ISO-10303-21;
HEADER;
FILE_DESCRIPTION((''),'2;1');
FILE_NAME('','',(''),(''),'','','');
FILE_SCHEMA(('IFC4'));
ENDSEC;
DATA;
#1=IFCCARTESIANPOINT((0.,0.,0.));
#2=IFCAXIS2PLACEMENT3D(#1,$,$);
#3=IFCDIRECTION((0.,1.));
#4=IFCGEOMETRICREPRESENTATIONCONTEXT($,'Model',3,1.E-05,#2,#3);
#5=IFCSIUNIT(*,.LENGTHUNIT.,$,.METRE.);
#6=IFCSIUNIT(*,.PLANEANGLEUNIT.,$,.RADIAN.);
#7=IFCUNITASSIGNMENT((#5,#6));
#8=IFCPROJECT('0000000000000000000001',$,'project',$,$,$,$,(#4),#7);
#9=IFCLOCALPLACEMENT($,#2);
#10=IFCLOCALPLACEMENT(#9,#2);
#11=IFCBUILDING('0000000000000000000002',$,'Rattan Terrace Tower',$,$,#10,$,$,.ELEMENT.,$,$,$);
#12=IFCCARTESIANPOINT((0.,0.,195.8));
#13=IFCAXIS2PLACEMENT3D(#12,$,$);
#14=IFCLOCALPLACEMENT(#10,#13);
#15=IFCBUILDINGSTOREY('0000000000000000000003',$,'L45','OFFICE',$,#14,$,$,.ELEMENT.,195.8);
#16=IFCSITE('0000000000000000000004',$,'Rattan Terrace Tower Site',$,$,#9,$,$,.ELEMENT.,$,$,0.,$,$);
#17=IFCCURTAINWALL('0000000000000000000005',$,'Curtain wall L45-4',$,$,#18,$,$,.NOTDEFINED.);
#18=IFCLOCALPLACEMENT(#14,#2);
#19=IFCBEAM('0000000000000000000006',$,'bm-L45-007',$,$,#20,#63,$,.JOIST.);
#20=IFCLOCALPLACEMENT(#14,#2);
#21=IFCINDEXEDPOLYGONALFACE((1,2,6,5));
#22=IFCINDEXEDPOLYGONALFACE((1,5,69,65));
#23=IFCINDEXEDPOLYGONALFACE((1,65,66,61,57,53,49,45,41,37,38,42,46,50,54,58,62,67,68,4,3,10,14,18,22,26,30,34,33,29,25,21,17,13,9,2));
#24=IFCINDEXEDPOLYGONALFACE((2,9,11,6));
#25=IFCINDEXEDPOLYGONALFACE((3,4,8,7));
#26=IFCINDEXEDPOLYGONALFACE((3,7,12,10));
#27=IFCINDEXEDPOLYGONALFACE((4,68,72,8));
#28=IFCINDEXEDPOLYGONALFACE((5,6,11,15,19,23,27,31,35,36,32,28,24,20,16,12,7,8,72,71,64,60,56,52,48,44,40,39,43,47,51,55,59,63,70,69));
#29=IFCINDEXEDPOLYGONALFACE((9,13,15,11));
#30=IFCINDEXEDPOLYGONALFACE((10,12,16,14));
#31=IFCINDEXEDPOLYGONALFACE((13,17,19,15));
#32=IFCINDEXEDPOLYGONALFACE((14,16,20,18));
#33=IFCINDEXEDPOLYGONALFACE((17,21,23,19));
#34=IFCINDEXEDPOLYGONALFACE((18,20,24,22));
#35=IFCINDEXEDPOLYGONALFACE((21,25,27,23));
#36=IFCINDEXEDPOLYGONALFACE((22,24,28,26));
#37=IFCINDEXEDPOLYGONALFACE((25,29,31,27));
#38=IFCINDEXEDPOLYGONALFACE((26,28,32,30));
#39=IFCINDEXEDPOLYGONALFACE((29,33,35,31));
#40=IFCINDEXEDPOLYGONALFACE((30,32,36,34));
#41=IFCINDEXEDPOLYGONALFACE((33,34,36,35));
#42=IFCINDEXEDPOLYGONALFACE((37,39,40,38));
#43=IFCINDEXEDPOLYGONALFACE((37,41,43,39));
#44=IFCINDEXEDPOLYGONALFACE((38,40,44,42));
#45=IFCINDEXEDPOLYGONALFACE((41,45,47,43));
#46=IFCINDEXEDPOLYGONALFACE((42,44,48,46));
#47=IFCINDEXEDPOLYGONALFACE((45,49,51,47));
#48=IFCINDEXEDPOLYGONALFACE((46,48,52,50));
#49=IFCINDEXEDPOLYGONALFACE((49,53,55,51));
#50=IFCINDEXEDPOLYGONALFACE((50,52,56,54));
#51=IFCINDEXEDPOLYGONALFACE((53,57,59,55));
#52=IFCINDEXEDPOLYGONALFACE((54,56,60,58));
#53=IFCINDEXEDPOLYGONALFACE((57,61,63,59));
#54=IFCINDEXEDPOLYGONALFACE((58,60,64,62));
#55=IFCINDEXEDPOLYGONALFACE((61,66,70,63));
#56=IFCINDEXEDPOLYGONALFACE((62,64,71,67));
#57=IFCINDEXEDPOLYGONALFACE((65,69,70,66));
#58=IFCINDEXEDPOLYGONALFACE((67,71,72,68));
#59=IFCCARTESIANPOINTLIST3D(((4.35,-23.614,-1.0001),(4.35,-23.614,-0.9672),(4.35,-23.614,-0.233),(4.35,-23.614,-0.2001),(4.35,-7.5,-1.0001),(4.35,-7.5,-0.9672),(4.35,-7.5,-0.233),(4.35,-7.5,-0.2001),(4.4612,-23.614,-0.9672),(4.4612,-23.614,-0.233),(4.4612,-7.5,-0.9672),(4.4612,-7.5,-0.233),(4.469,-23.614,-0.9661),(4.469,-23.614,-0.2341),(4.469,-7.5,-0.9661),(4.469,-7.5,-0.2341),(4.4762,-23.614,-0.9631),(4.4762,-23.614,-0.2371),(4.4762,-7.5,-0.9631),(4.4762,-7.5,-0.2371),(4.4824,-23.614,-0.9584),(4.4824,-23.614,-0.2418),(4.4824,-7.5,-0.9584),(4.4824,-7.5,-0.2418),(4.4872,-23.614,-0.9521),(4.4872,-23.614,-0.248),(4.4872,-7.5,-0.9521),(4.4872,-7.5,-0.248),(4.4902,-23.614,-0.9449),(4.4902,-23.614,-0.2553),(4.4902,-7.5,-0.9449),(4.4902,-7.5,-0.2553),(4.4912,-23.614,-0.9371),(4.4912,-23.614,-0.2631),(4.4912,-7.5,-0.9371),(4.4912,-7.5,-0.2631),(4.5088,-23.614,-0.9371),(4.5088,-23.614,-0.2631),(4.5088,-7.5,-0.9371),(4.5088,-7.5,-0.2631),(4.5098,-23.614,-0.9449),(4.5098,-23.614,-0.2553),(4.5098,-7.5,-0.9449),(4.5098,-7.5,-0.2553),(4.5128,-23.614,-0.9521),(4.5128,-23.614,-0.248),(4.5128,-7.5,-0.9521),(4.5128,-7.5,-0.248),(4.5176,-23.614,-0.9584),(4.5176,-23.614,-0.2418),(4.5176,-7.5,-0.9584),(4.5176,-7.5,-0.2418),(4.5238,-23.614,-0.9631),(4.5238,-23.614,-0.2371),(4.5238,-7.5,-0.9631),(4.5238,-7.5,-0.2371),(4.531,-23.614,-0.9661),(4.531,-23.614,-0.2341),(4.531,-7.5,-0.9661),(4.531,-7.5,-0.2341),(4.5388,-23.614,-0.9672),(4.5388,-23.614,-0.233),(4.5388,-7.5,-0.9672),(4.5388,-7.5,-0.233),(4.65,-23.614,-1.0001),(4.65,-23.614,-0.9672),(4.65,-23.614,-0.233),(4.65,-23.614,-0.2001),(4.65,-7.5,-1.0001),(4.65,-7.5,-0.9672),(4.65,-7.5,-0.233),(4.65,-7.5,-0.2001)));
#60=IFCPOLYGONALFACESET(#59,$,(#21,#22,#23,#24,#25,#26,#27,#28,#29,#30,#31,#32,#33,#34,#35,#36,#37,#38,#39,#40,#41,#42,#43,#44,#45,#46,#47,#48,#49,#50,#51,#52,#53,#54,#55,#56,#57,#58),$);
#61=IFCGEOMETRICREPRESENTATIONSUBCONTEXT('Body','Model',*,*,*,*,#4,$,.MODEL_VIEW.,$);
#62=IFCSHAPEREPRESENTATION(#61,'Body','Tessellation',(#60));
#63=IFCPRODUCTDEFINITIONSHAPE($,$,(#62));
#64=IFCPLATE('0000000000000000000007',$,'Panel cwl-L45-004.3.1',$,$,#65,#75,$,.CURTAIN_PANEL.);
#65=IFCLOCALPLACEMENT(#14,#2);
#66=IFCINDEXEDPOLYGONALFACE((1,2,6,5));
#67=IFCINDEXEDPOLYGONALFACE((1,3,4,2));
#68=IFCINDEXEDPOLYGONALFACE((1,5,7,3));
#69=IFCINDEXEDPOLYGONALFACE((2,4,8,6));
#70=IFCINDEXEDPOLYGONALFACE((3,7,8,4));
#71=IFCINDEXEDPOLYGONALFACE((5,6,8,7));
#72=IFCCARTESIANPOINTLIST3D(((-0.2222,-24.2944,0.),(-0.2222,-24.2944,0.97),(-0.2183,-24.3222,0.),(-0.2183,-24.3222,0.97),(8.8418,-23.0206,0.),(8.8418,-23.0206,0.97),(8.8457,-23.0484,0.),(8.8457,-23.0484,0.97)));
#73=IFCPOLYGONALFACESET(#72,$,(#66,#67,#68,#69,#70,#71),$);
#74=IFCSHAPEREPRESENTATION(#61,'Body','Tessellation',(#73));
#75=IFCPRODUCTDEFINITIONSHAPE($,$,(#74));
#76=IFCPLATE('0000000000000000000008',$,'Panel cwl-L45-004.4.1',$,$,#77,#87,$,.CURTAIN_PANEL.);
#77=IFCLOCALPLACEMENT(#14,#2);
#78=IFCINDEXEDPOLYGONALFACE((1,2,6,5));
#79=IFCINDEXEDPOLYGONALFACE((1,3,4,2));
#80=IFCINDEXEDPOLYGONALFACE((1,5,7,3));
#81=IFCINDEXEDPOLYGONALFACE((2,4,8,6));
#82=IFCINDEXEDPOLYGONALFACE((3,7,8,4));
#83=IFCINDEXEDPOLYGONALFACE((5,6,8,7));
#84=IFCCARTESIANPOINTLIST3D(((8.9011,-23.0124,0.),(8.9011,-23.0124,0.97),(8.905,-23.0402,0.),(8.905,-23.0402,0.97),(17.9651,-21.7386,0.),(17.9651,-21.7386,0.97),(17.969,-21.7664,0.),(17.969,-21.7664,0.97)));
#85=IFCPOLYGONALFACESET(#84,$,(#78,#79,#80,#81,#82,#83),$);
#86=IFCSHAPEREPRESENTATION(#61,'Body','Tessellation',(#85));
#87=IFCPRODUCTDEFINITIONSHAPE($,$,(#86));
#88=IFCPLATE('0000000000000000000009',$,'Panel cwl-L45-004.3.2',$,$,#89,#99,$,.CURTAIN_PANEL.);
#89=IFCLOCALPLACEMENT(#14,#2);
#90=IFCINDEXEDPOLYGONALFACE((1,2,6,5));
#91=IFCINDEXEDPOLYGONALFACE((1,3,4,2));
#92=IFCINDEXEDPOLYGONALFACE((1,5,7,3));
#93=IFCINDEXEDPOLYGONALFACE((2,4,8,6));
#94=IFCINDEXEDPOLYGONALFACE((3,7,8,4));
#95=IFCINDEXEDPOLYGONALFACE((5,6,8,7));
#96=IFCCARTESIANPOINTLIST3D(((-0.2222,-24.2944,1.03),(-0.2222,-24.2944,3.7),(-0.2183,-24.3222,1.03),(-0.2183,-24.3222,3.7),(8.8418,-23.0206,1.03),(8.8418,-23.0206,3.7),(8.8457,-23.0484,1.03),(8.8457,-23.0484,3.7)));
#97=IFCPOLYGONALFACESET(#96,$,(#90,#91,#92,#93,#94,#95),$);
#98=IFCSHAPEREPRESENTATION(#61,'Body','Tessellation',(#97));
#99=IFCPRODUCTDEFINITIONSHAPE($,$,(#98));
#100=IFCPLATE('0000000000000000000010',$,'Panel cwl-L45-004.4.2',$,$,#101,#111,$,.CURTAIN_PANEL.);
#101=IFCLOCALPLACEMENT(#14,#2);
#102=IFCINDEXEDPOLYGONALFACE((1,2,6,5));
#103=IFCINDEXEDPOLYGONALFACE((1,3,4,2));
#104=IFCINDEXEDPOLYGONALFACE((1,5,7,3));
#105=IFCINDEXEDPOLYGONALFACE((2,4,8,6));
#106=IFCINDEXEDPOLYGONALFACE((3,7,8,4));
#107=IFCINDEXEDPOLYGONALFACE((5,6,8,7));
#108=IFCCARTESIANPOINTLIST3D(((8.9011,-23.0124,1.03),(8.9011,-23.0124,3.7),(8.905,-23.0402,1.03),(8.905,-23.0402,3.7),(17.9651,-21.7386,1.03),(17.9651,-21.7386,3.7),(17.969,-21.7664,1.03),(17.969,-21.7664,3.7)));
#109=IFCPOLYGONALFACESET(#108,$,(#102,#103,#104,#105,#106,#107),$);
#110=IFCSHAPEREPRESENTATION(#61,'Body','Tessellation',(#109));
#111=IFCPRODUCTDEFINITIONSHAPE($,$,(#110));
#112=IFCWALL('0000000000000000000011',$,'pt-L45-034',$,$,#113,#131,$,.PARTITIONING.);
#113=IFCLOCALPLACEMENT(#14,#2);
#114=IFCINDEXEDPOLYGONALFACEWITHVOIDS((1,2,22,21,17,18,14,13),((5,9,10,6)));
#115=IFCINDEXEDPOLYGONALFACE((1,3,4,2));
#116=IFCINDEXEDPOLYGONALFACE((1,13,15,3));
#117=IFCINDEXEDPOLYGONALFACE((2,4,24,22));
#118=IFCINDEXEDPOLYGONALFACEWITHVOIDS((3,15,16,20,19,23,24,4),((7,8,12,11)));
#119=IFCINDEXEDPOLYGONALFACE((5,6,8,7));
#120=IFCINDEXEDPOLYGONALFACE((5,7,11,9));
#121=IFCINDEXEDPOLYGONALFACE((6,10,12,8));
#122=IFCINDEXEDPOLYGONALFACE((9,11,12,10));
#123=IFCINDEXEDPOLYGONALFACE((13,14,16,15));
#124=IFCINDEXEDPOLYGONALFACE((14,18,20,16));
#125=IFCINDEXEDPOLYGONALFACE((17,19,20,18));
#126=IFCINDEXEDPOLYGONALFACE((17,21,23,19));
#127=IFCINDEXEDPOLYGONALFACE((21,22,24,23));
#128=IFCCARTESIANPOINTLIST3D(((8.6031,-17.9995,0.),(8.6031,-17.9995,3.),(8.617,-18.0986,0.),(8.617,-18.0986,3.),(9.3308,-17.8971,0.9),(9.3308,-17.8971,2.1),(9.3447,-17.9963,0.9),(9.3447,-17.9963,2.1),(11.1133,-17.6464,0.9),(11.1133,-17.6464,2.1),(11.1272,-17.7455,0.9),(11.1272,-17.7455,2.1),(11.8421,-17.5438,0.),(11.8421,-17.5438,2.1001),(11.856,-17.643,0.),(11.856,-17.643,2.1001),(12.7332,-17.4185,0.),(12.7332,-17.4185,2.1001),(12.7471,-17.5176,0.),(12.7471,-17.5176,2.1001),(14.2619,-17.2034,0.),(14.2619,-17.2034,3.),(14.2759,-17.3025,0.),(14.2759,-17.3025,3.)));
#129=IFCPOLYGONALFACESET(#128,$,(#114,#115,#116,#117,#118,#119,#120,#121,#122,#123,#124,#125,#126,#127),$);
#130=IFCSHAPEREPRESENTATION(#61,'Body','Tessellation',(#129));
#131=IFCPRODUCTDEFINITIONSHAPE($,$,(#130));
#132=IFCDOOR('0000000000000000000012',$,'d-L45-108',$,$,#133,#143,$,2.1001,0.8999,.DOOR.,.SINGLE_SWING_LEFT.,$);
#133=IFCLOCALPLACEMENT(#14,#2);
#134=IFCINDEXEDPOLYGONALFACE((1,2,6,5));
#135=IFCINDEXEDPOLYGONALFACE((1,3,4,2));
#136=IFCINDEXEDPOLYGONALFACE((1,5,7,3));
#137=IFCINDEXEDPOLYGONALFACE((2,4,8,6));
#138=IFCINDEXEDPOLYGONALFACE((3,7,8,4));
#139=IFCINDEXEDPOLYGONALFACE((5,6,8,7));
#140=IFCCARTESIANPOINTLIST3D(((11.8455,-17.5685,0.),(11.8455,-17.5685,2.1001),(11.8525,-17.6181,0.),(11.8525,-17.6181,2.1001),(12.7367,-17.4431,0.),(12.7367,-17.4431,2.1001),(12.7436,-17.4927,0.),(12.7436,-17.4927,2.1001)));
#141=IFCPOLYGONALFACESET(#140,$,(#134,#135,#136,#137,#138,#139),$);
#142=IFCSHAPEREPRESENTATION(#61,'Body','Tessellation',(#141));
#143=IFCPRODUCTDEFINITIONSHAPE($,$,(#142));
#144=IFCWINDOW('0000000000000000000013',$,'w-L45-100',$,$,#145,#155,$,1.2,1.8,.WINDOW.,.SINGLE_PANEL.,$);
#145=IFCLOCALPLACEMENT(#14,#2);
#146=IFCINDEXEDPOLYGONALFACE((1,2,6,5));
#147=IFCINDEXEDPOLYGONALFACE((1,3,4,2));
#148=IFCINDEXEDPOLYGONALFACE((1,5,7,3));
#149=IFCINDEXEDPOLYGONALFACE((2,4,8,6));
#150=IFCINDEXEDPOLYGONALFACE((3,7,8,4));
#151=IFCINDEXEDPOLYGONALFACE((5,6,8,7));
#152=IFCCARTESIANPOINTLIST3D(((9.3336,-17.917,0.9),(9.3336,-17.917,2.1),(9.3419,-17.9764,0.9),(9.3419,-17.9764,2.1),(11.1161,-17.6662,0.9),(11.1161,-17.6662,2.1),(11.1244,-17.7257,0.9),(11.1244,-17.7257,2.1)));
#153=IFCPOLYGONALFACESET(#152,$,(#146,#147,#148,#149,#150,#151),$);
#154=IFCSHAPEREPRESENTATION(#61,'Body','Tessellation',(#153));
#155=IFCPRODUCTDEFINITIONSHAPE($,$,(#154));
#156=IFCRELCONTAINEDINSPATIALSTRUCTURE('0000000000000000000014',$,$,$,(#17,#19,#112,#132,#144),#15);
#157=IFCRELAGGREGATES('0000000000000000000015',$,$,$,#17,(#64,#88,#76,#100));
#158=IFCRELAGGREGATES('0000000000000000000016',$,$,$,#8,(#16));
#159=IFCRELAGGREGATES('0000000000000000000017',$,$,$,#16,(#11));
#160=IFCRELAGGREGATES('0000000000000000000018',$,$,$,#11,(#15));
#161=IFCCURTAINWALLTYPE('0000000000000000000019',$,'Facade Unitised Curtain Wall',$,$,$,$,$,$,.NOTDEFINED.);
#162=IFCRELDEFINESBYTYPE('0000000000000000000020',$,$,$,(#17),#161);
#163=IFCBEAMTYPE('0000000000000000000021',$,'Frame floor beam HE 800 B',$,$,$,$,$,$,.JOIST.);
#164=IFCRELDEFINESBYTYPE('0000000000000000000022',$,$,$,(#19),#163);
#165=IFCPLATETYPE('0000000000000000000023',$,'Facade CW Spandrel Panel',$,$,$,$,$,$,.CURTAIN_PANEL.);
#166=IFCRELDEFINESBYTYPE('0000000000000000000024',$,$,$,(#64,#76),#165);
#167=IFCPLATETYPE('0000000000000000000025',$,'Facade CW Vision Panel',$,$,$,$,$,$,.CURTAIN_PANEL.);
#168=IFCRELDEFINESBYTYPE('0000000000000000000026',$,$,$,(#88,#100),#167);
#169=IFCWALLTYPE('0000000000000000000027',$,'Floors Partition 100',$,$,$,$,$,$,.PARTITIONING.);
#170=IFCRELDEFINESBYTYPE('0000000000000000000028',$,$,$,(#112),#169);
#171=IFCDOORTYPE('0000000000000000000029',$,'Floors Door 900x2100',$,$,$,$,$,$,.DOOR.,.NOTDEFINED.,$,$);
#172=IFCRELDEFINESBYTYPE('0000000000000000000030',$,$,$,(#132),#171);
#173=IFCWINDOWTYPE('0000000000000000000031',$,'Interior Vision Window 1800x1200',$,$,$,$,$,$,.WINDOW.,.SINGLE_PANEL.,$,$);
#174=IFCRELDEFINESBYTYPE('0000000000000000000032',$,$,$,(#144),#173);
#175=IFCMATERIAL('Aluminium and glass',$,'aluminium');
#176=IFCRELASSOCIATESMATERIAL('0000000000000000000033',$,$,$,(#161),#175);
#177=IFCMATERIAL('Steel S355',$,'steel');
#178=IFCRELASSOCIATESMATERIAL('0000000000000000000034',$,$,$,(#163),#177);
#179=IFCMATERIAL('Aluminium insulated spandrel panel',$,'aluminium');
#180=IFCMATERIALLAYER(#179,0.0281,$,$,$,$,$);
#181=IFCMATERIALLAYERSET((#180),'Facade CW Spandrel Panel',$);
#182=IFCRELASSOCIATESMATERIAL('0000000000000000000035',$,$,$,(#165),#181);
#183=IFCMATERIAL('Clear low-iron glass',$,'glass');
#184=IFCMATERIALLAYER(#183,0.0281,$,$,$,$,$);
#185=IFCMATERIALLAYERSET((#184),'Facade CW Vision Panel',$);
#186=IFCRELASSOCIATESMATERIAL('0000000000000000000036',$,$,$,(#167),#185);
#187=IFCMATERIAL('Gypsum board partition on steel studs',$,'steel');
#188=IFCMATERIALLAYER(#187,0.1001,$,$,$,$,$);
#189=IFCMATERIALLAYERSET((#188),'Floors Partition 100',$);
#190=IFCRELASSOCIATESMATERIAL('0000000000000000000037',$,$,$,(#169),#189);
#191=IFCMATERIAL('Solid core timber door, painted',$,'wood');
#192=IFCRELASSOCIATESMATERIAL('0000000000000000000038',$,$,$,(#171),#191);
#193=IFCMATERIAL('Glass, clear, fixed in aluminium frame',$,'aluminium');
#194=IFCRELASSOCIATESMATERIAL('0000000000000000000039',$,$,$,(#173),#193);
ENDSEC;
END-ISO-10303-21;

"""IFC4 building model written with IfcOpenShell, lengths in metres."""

from ifc_helpers import new_model, si_unit, direction, frame, frame_2d, origin, origin_2d, place, context, subcontext, project, spatial, rectangle, i_section, extrude, material, layer, layer_set, material_profile, profile_set, type_object, element, fill, aggregate, save


model = new_model("IFC4")

# Units and contexts
model_context = context("Model", 3, precision=1e-05, world=origin(), true_north=direction((0.0, 1.0)))
body_context = subcontext(model_context, "Body", "Model", "MODEL_VIEW")
ifc_project = project(units=[si_unit("LENGTHUNIT", "METRE"), si_unit("PLANEANGLEUNIT", "RADIAN")], contexts=[model_context])

# Site, building, storey
site_placement = place(None, origin())
site = spatial("IfcSite", under=ifc_project, at=site_placement, Name="Rattan Terrace Tower Site", CompositionType="ELEMENT", RefElevation=0.0)
building_placement = place(site_placement, origin())
building = spatial("IfcBuilding", under=site, at=building_placement, Name="Rattan Terrace Tower", CompositionType="ELEMENT")
storey_placement = place(building_placement, frame((0.0, 0.0, 195.8)))
storey = spatial("IfcBuildingStorey", under=building, at=storey_placement, Name="L45", Description="OFFICE", CompositionType="ELEMENT", Elevation=195.8)

# Curtain wall
ifc_material_1 = material(Name="Aluminium and glass", Category="aluminium")
curtain_wall_type = type_object("IfcCurtainWallType", Name="Facade Unitised Curtain Wall", PredefinedType="NOTDEFINED", material=ifc_material_1)
curtain_wall_placement = place(storey_placement, origin())
curtain_wall = element("IfcCurtainWall", 1, at=curtain_wall_placement, inside=storey, type_object=curtain_wall_type, Name="Curtain wall L45-4", PredefinedType="NOTDEFINED")

# Beam
ifc_material_2 = material(Name="Steel S355", Category="steel")
ifc_material_profile_1 = material_profile(ifc_material_2, i_section(OverallWidth=0.3, OverallDepth=0.8, WebThickness=0.0176, FlangeThickness=0.033, FilletRadius=0.03, at=origin_2d()), Name="HE 800 B")
ifc_profile_set_1 = profile_set([ifc_material_profile_1], Name="Steel S355")
beam_type_1 = type_object("IfcBeamType", Name="Frame floor beam HE 800 B", PredefinedType="JOIST", material=ifc_profile_set_1)
beam_1_placement = place(storey_placement, frame((4.5, -23.614, -0.6001), z_axis=(0.0, 1.0, 0.0), x_axis=(-1.0, 0.0, 0.0)))
element("IfcBeam", 2, at=beam_1_placement, inside=storey, type_object=beam_type_1, Name="bm-L45-007", PredefinedType="JOIST", context=body_context, shape_type="SweptSolid", body=[
    extrude(i_section(OverallWidth=0.3, OverallDepth=0.8, WebThickness=0.0176, FlangeThickness=0.033, FilletRadius=0.03, at=origin_2d()), origin(), (0.0, 0.0, 1.0), 16.114),
])

# Plates
ifc_material_3 = material(Name="Aluminium insulated spandrel panel", Category="aluminium")
ifc_layer_1 = layer(ifc_material_3, 0.0281)
ifc_layer_set_1 = layer_set([ifc_layer_1], Name="Facade CW Spandrel Panel")
plate_type_1 = type_object("IfcPlateType", Name="Facade CW Spandrel Panel", PredefinedType="CURTAIN_PANEL", material=ifc_layer_set_1)
plate_1_placement = place(storey_placement, frame((4.3118, -23.6714, 0.0), z_axis=(0.0, 0.0, 1.0), x_axis=(0.99027, 0.139161, 0.0)))
plate_1 = element("IfcPlate", 3, at=plate_1_placement, type_object=plate_type_1, Name="Panel cwl-L45-004.3.1", PredefinedType="CURTAIN_PANEL", context=body_context, shape_type="SweptSolid", body=[
    extrude(rectangle(XDim=9.1531, YDim=0.0281, at=origin_2d()), origin(), (0.0, 0.0, 1.0), 0.97),
])
plate_2_placement = place(storey_placement, frame((13.4351, -22.3894, 0.0), z_axis=(0.0, 0.0, 1.0), x_axis=(0.99027, 0.139161, 0.0)))
plate_2 = element("IfcPlate", 4, at=plate_2_placement, type_object=plate_type_1, Name="Panel cwl-L45-004.4.1", PredefinedType="CURTAIN_PANEL", context=body_context, shape_type="SweptSolid", body=[
    extrude(rectangle(XDim=9.1531, YDim=0.0281, at=origin_2d()), origin(), (0.0, 0.0, 1.0), 0.97),
])
ifc_material_4 = material(Name="Clear low-iron glass", Category="glass")
ifc_layer_2 = layer(ifc_material_4, 0.0281)
ifc_layer_set_2 = layer_set([ifc_layer_2], Name="Facade CW Vision Panel")
plate_type_2 = type_object("IfcPlateType", Name="Facade CW Vision Panel", PredefinedType="CURTAIN_PANEL", material=ifc_layer_set_2)
plate_3_placement = place(storey_placement, frame((4.3118, -23.6714, 1.03), z_axis=(0.0, 0.0, 1.0), x_axis=(0.99027, 0.139161, 0.0)))
plate_3 = element("IfcPlate", 5, at=plate_3_placement, type_object=plate_type_2, Name="Panel cwl-L45-004.3.2", PredefinedType="CURTAIN_PANEL", context=body_context, shape_type="SweptSolid", body=[
    extrude(rectangle(XDim=9.1531, YDim=0.0281, at=origin_2d()), origin(), (0.0, 0.0, 1.0), 2.6699),
])
plate_4_placement = place(storey_placement, frame((13.4351, -22.3894, 1.03), z_axis=(0.0, 0.0, 1.0), x_axis=(0.99027, 0.139161, 0.0)))
plate_4 = element("IfcPlate", 6, at=plate_4_placement, type_object=plate_type_2, Name="Panel cwl-L45-004.4.2", PredefinedType="CURTAIN_PANEL", context=body_context, shape_type="SweptSolid", body=[
    extrude(rectangle(XDim=9.1531, YDim=0.0281, at=origin_2d()), origin(), (0.0, 0.0, 1.0), 2.6699),
])
aggregate(curtain_wall, [plate_1, plate_3, plate_2, plate_4])

# Wall, openings, door, window
ifc_material_5 = material(Name="Gypsum board partition on steel studs", Category="steel")
ifc_layer_3 = layer(ifc_material_5, 0.1001)
ifc_layer_set_3 = layer_set([ifc_layer_3], Name="Floors Partition 100")
wall_type_1 = type_object("IfcWallType", Name="Floors Partition 100", PredefinedType="PARTITIONING", material=ifc_layer_set_3)
wall_1_placement = place(storey_placement, frame((14.269, -17.2529, 0.0), z_axis=(0.0, 0.0, 1.0), x_axis=(-0.990248, -0.139316, 0.0)))
wall_1 = element("IfcWall", 7, at=wall_1_placement, inside=storey, type_object=wall_type_1, Name="pt-L45-034", PredefinedType="PARTITIONING", context=body_context, shape_type="SweptSolid", body=[
    extrude(rectangle(XDim=5.7146, YDim=0.1001, at=frame_2d((2.8574, 0.0))), origin(), (0.0, 0.0, 1.0), 3.0),
])
opening_1_placement = place(wall_1_placement, frame((1.5439, 0.0, 0.0)))
opening_1 = element("IfcOpeningElement", 8, at=opening_1_placement, cuts=wall_1, PredefinedType="OPENING", context=body_context, shape_type="SweptSolid", body=[
    extrude(rectangle(XDim=0.8999, YDim=2.1001, at=frame_2d((0.45, 1.05))), frame((0.0, 0.0605, 0.0), z_axis=(0.0, -1.0, 0.0), x_axis=(1.0, 0.0, 0.0)), (0.0, 0.0, 1.0), 0.1211),
])
opening_2_placement = place(wall_1_placement, frame((3.1799, 0.0, 0.8999)))
opening_2 = element("IfcOpeningElement", 9, at=opening_2_placement, cuts=wall_1, PredefinedType="OPENING", context=body_context, shape_type="SweptSolid", body=[
    extrude(rectangle(XDim=1.8, YDim=1.2, at=frame_2d((0.8999, 0.6001))), frame((0.0, 0.0605, 0.0), z_axis=(0.0, -1.0, 0.0), x_axis=(1.0, 0.0, 0.0)), (0.0, 0.0, 1.0), 0.1211),
])
ifc_material_6 = material(Name="Solid core timber door, painted", Category="wood")
door_type_1 = type_object("IfcDoorType", Name="Floors Door 900x2100", OperationType="NOTDEFINED", PredefinedType="DOOR", material=ifc_material_6)
door_1_placement = place(opening_1_placement, origin())
door_1 = element("IfcDoor", 10, at=door_1_placement, inside=storey, type_object=door_type_1, Name="d-L45-108", OperationType="SINGLE_SWING_LEFT", OverallHeight=2.1001, OverallWidth=0.8999, PredefinedType="DOOR", context=body_context, shape_type="SweptSolid", body=[
    extrude(rectangle(XDim=0.8999, YDim=2.1001, at=frame_2d((0.45, 1.05))), frame((0.0, 0.0249, 0.0), z_axis=(0.0, -1.0, 0.0), x_axis=(1.0, 0.0, 0.0)), (0.0, 0.0, 1.0), 0.05),
])
fill(opening_1, door_1)
ifc_material_7 = material(Name="Glass, clear, fixed in aluminium frame", Category="aluminium")
window_type = type_object("IfcWindowType", Name="Interior Vision Window 1800x1200", PartitioningType="SINGLE_PANEL", PredefinedType="WINDOW", material=ifc_material_7)
window_placement = place(opening_2_placement, origin())
window = element("IfcWindow", 11, at=window_placement, inside=storey, type_object=window_type, Name="w-L45-100", OverallHeight=1.2, OverallWidth=1.8, PartitioningType="SINGLE_PANEL", PredefinedType="WINDOW", context=body_context, shape_type="SweptSolid", body=[
    extrude(rectangle(XDim=1.8, YDim=1.2, at=frame_2d((0.8999, 0.6001))), frame((0.0, 0.03, 0.0), z_axis=(0.0, -1.0, 0.0), x_axis=(1.0, 0.0, 0.0)), (0.0, 0.0, 1.0), 0.0601),
])
fill(opening_2, window)

save(model, "model.ifc")
